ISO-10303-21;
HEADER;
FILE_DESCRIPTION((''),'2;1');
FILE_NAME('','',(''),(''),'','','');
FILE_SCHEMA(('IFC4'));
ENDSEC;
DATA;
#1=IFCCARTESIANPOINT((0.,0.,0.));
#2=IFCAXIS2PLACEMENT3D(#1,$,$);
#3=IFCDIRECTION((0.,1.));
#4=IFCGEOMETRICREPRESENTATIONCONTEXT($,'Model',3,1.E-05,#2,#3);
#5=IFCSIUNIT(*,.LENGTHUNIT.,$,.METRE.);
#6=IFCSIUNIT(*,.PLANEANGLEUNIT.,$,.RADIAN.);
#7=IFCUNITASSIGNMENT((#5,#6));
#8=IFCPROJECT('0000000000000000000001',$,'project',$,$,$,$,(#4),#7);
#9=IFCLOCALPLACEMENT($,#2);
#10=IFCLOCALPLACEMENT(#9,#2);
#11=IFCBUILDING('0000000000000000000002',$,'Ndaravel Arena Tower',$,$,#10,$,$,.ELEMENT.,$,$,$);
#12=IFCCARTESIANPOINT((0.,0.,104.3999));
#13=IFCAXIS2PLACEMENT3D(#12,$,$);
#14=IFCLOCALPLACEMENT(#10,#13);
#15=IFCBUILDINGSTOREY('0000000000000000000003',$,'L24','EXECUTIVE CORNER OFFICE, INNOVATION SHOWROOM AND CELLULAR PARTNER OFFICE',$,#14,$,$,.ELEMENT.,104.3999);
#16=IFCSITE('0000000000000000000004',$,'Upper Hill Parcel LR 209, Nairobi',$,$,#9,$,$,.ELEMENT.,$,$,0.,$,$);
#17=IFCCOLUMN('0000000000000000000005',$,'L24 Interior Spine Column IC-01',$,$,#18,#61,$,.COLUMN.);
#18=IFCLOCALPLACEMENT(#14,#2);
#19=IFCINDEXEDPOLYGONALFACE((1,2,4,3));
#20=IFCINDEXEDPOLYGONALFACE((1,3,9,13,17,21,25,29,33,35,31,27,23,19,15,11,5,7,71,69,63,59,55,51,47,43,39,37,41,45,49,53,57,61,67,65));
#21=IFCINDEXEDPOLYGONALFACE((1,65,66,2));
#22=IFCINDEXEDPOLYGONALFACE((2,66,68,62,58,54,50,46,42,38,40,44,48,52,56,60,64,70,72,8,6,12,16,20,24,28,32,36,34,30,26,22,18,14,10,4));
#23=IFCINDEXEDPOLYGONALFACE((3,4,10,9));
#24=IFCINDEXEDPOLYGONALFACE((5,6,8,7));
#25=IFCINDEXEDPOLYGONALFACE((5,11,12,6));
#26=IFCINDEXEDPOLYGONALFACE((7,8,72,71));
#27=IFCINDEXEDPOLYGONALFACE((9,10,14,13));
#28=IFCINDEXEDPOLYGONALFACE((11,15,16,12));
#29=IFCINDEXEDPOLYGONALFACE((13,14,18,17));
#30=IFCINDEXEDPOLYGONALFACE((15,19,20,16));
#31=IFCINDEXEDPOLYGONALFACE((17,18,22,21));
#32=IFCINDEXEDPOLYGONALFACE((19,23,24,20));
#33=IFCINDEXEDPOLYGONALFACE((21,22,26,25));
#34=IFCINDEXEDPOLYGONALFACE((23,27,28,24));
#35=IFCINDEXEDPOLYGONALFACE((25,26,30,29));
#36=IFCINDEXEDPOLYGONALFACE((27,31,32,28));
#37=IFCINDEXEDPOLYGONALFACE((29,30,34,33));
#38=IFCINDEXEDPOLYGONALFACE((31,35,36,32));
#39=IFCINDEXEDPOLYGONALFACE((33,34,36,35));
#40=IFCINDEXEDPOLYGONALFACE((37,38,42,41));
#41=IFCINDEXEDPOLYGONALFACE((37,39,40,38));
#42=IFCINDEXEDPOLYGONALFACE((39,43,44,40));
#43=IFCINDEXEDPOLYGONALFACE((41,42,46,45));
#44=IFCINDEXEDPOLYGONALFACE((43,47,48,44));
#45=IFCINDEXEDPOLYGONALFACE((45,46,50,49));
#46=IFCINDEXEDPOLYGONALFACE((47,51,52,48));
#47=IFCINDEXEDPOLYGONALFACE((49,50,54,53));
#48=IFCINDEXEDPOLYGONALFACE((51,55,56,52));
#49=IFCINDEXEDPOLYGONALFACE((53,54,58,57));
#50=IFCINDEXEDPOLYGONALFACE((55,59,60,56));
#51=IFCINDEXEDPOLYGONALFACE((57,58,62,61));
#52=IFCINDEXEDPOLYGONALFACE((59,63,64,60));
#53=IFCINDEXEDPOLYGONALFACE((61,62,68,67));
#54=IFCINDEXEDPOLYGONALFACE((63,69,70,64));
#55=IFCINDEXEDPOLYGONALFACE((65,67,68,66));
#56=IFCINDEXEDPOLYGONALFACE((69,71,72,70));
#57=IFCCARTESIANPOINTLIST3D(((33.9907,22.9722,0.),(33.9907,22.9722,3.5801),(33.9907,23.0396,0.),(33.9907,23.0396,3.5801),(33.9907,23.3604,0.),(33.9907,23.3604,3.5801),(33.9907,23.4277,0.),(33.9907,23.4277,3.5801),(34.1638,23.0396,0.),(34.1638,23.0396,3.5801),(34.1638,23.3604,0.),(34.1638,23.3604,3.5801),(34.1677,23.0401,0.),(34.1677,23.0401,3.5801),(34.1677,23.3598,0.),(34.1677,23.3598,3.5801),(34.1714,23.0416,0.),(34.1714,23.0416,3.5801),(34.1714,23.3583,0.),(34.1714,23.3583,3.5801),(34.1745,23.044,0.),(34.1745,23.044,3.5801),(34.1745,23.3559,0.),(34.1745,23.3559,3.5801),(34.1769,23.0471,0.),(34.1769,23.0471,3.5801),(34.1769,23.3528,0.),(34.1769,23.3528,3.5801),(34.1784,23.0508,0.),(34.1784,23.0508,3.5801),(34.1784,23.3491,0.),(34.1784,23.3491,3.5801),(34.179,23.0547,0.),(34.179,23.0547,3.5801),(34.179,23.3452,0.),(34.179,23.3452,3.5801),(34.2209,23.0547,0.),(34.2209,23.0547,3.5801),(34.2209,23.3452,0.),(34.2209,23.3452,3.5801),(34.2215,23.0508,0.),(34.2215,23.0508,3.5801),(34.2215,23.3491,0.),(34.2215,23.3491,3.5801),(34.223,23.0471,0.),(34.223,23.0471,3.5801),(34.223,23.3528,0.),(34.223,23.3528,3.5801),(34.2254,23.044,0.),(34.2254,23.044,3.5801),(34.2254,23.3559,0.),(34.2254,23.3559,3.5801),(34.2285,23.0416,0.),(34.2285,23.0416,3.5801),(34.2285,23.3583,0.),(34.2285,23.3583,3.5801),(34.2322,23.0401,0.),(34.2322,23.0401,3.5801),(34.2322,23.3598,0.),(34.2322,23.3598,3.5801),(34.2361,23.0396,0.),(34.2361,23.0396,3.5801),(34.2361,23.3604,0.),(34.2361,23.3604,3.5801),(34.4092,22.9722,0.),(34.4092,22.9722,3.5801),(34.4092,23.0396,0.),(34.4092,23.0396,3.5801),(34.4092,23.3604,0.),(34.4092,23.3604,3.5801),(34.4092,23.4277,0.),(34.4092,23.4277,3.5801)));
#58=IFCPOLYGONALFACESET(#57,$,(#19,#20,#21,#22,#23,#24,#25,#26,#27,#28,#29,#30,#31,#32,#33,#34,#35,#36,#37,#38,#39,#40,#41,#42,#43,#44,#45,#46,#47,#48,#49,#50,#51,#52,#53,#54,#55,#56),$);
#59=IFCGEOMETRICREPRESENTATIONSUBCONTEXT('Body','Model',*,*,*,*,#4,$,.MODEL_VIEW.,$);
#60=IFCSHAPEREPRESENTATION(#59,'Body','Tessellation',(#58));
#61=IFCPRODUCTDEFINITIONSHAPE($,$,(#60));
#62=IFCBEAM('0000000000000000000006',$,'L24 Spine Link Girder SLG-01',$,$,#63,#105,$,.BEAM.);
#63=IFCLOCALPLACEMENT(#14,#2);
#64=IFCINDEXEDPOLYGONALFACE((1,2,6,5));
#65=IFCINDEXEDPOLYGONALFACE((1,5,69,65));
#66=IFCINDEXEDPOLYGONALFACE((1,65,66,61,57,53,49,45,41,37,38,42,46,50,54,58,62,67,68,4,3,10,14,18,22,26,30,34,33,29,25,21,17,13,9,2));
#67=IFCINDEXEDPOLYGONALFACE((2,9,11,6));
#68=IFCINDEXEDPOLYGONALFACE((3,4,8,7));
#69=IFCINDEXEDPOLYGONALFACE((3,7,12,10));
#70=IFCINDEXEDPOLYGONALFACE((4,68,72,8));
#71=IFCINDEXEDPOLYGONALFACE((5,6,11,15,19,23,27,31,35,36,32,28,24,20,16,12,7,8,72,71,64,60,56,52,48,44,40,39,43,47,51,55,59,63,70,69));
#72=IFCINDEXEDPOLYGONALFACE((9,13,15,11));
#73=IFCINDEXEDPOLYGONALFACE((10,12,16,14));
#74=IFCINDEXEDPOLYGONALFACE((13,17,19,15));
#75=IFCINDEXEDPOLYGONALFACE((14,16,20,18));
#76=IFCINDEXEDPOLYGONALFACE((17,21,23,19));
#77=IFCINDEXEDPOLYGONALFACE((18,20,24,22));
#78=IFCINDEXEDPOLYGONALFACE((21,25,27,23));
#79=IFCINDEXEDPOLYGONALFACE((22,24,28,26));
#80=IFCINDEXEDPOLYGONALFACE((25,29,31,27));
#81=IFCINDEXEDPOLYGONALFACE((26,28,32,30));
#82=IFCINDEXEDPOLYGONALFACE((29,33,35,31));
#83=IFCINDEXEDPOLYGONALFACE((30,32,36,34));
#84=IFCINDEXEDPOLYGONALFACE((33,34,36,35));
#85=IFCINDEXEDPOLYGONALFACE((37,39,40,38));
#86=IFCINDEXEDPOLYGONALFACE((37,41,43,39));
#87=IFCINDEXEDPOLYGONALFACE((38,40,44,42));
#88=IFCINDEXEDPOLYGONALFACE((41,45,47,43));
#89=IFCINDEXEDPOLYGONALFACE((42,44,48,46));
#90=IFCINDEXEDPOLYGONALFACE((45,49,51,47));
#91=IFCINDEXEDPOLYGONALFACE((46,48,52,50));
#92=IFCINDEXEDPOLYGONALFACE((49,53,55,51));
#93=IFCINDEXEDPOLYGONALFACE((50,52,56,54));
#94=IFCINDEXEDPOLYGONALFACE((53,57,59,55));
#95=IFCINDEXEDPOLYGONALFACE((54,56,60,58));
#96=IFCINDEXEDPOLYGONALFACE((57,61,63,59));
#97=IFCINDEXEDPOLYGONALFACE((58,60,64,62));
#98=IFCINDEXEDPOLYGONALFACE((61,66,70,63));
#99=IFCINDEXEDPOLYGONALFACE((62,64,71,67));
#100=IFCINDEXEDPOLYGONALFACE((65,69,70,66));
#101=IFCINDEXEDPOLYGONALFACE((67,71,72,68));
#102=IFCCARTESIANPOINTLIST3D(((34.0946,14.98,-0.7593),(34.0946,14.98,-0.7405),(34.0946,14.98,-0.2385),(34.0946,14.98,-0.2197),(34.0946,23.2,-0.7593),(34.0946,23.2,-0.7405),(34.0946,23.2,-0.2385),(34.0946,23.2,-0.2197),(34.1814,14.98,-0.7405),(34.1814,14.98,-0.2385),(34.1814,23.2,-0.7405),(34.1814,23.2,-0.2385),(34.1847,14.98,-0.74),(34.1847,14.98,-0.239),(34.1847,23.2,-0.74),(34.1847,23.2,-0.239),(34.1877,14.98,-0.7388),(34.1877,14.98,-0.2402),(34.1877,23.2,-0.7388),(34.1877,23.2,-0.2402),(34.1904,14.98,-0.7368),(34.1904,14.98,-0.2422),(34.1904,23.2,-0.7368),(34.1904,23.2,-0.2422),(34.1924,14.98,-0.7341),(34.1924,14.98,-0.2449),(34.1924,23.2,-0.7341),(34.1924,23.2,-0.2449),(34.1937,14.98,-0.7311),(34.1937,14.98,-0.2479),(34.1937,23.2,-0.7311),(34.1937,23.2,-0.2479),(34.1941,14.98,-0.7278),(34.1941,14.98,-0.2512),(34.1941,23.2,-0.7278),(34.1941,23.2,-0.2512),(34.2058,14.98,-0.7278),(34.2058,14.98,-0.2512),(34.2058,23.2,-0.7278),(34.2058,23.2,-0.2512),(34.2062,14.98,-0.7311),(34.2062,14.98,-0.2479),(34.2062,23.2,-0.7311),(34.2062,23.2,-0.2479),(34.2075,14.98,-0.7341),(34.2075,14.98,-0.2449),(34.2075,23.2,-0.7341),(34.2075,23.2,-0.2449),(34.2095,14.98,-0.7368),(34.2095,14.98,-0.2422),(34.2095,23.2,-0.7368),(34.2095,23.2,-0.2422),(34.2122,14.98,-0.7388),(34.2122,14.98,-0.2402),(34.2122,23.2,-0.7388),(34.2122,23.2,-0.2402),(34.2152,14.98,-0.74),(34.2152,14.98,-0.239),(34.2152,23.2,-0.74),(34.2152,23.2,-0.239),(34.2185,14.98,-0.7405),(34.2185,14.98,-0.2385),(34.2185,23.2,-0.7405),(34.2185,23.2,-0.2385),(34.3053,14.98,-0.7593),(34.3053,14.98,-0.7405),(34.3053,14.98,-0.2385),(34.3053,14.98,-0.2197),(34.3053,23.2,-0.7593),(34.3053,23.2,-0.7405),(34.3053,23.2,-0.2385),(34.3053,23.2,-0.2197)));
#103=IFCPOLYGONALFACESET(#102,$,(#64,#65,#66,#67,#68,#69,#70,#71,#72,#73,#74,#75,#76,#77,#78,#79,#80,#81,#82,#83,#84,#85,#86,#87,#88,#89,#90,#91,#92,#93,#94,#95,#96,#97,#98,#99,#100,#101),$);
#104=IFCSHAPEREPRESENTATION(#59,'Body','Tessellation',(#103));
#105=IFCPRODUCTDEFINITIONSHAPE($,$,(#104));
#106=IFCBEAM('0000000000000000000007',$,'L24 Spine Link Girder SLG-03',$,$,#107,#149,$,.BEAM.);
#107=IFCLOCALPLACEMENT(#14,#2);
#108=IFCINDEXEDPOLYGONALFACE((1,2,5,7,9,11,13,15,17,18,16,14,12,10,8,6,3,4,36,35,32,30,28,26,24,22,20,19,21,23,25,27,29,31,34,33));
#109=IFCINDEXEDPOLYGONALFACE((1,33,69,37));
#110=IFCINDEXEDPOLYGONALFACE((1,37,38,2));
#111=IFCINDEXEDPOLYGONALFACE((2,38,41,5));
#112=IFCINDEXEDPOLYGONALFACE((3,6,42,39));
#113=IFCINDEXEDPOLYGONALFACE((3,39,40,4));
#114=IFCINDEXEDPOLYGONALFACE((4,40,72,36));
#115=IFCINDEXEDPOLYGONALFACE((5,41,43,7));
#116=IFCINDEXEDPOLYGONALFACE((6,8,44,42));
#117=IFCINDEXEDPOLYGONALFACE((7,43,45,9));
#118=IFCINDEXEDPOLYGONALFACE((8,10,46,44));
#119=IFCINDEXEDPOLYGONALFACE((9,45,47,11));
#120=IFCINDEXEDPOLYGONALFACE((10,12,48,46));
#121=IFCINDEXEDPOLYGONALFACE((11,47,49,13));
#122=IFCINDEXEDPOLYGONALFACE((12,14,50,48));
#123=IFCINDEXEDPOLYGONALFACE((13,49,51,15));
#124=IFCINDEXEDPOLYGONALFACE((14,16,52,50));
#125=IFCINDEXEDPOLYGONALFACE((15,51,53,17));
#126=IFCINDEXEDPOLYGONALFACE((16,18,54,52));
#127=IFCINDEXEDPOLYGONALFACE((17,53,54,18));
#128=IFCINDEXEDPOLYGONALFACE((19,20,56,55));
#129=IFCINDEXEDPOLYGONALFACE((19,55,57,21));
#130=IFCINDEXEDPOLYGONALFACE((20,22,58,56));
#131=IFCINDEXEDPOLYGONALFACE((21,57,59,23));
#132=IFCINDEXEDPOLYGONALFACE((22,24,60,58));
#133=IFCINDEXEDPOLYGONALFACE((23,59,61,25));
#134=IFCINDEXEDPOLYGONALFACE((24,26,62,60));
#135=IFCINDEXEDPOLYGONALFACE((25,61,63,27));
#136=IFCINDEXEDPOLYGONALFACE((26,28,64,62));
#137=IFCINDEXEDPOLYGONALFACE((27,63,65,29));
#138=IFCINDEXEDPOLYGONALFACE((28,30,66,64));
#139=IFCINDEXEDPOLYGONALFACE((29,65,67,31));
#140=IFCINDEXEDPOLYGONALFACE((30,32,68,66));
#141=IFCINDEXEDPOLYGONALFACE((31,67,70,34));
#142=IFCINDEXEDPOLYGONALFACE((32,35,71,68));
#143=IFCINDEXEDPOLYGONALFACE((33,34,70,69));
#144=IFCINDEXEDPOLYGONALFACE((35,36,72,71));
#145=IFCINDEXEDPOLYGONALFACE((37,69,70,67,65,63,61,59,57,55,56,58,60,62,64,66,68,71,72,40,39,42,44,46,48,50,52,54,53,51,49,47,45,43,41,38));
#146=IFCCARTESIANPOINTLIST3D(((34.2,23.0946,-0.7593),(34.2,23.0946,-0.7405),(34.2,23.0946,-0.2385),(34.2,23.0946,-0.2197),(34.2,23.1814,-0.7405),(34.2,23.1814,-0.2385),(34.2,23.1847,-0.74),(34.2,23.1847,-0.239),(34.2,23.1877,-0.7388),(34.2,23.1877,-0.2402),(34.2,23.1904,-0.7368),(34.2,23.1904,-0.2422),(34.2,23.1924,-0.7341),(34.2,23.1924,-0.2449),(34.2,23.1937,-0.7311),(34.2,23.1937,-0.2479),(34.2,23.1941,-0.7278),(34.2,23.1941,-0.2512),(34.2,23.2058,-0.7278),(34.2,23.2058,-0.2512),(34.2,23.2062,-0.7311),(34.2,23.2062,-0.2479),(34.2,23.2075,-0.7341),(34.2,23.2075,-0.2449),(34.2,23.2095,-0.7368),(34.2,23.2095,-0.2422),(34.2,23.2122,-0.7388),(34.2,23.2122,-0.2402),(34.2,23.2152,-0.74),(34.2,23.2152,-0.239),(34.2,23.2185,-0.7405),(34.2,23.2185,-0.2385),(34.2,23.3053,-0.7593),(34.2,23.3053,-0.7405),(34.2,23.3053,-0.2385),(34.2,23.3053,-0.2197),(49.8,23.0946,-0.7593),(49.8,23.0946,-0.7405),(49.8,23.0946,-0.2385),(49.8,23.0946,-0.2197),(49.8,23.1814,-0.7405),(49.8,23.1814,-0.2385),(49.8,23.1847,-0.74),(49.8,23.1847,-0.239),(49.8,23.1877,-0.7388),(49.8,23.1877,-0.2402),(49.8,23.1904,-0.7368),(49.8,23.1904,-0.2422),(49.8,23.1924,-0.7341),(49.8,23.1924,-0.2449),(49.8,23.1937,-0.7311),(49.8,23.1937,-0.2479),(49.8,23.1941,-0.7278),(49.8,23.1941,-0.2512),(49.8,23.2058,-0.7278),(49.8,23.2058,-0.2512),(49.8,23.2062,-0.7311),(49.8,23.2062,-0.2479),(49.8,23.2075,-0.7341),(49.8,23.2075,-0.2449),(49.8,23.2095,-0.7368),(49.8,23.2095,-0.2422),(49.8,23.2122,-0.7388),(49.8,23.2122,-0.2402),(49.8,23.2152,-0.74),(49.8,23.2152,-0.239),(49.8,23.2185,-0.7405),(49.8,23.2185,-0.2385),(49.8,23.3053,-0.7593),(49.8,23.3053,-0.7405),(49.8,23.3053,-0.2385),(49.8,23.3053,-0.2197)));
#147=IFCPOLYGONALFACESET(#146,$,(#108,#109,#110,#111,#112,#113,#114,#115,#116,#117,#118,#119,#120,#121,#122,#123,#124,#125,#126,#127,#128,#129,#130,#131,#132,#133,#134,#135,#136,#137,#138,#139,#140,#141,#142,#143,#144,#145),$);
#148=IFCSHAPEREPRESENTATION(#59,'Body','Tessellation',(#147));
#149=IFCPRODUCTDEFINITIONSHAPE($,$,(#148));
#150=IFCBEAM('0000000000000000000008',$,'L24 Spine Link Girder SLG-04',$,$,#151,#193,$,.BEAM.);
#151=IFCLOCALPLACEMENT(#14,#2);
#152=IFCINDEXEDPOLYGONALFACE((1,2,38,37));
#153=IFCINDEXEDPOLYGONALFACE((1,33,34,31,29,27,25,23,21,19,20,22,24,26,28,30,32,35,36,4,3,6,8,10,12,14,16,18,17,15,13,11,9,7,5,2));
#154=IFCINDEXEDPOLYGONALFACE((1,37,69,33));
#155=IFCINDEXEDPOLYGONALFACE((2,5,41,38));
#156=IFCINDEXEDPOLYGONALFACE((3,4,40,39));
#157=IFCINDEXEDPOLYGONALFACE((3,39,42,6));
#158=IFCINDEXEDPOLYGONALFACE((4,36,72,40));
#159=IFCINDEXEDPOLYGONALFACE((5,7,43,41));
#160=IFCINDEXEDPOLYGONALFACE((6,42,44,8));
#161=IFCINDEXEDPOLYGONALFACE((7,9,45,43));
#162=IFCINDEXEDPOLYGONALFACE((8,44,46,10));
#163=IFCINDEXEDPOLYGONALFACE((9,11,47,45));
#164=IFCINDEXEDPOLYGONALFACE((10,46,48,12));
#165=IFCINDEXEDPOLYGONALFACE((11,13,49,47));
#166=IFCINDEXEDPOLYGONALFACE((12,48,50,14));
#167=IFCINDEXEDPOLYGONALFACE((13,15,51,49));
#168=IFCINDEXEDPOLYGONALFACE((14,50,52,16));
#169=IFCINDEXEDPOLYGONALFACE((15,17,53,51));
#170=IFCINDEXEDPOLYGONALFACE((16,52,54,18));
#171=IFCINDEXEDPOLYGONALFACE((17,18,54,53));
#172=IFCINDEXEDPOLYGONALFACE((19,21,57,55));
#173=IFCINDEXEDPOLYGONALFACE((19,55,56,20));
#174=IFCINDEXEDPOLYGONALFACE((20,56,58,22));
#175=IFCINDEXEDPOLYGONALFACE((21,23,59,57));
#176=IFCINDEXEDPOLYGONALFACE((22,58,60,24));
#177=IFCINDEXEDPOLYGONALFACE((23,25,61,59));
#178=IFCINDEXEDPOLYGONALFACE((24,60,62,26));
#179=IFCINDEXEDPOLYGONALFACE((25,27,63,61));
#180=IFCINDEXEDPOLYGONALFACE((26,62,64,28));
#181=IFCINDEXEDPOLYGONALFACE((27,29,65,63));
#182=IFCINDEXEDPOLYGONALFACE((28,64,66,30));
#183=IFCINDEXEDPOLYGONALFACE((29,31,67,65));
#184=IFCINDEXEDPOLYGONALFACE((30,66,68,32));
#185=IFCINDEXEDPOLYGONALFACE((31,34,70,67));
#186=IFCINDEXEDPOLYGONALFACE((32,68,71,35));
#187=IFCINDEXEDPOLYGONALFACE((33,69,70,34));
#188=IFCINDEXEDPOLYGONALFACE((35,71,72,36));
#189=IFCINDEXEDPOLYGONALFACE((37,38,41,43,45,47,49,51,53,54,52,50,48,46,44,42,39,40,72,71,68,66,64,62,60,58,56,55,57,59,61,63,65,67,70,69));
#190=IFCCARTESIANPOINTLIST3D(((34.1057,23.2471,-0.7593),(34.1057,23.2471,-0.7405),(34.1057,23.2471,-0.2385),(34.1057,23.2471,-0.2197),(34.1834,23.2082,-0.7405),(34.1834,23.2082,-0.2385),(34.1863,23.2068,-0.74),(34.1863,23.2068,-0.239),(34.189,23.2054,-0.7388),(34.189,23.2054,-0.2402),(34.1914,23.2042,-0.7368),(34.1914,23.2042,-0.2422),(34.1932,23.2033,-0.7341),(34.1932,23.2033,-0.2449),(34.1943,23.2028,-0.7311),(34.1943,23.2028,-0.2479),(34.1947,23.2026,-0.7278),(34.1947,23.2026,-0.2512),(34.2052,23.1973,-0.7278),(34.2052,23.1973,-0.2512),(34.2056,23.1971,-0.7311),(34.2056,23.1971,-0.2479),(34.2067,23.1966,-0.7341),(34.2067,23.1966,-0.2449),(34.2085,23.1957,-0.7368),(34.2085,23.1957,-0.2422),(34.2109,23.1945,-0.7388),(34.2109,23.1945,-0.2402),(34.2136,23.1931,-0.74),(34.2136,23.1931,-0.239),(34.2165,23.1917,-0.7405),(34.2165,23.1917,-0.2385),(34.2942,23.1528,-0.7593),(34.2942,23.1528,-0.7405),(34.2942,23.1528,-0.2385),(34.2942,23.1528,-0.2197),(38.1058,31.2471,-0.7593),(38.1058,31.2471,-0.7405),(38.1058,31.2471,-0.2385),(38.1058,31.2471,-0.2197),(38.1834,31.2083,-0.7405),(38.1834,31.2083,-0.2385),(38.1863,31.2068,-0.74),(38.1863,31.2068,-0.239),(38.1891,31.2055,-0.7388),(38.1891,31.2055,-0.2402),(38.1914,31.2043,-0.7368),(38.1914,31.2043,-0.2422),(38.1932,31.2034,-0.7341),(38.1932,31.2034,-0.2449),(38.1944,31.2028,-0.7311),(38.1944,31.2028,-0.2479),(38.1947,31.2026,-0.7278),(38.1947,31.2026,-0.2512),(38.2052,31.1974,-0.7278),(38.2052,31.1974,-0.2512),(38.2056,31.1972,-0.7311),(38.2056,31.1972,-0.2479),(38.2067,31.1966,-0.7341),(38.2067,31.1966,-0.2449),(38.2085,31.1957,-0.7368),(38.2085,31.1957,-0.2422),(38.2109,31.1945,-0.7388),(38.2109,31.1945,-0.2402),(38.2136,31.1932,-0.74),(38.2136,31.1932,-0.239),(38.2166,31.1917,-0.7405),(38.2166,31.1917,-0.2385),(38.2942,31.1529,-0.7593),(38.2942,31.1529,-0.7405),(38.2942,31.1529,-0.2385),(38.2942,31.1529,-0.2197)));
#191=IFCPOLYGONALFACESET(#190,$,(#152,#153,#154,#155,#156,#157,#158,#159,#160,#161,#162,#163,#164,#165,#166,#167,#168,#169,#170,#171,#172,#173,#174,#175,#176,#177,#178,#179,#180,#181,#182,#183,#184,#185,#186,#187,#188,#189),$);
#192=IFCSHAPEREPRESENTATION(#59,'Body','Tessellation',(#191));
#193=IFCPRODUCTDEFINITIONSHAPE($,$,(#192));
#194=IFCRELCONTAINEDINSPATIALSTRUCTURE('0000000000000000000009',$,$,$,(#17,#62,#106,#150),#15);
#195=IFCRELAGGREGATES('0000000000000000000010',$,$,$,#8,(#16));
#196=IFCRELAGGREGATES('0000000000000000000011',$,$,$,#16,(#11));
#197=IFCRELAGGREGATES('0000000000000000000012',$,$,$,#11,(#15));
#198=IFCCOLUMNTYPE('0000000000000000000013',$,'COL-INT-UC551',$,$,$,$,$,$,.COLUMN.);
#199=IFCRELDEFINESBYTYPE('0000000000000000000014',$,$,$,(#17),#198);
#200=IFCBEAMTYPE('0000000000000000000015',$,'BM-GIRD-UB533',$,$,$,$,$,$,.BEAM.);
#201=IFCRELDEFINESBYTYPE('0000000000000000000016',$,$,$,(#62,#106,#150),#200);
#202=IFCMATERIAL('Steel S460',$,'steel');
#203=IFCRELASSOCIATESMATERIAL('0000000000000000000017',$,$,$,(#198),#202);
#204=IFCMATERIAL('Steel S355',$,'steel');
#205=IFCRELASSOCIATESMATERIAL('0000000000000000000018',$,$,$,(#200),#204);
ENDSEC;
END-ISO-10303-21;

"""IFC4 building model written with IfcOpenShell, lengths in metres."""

from ifc_helpers import new_model, si_unit, direction, frame, origin, origin_2d, place, context, subcontext, project, spatial, i_section, extrude, material, material_profile, profile_set, type_object, element, save


model = new_model("IFC4")

# Units and contexts
model_context = context("Model", 3, precision=1e-05, world=origin(), true_north=direction((0.0, 1.0)))
body_context = subcontext(model_context, "Body", "Model", "MODEL_VIEW")
ifc_project = project(units=[si_unit("LENGTHUNIT", "METRE"), si_unit("PLANEANGLEUNIT", "RADIAN")], contexts=[model_context])

# Site, building, storey
site_placement = place(None, origin())
site = spatial("IfcSite", under=ifc_project, at=site_placement, Name="Upper Hill Parcel LR 209, Nairobi", CompositionType="ELEMENT", RefElevation=0.0)
building_placement = place(site_placement, origin())
building = spatial("IfcBuilding", under=site, at=building_placement, Name="Ndaravel Arena Tower", CompositionType="ELEMENT")
storey_placement = place(building_placement, frame((0.0, 0.0, 104.3999)))
storey = spatial("IfcBuildingStorey", under=building, at=storey_placement, Name="L24", Description="EXECUTIVE CORNER OFFICE, INNOVATION SHOWROOM AND CELLULAR PARTNER OFFICE", CompositionType="ELEMENT", Elevation=104.3999)

# Column
ifc_material_1 = material(Name="Steel S460", Category="steel")
ifc_material_profile_1 = material_profile(ifc_material_1, i_section(OverallWidth=0.4185, OverallDepth=0.4556, WebThickness=0.042, FlangeThickness=0.0674, FilletRadius=0.0151, at=origin_2d()), Name="UC 356x406x551")
ifc_profile_set_1 = profile_set([ifc_material_profile_1], Name="Steel S460")
column_type = type_object("IfcColumnType", Name="COL-INT-UC551", PredefinedType="COLUMN", material=ifc_profile_set_1)
column_placement = place(storey_placement, frame((34.2, 23.2, 0.0), z_axis=(0.0, 0.0, 1.0), x_axis=(1.0, 0.0, 0.0)))
element("IfcColumn", 1, at=column_placement, inside=storey, type_object=column_type, Name="L24 Interior Spine Column IC-01", PredefinedType="COLUMN", context=body_context, shape_type="SweptSolid", body=[
    extrude(i_section(OverallWidth=0.4185, OverallDepth=0.4556, WebThickness=0.042, FlangeThickness=0.0674, FilletRadius=0.0151, at=origin_2d()), origin(), (0.0, 0.0, 1.0), 3.5801),
])

# Beams
ifc_material_2 = material(Name="Steel S355", Category="steel")
ifc_material_profile_2 = material_profile(ifc_material_2, i_section(OverallWidth=0.2107, OverallDepth=0.5396, WebThickness=0.0117, FlangeThickness=0.0188, FilletRadius=0.0127, at=origin_2d()), Name="UB 533x210x109")
ifc_profile_set_2 = profile_set([ifc_material_profile_2], Name="Steel S355")
beam_type = type_object("IfcBeamType", Name="BM-GIRD-UB533", PredefinedType="BEAM", material=ifc_profile_set_2)
beam_1_placement = place(storey_placement, frame((34.2, 14.98, -0.4895), z_axis=(0.0, 1.0, 0.0), x_axis=(-1.0, 0.0, 0.0)))
element("IfcBeam", 2, at=beam_1_placement, inside=storey, type_object=beam_type, Name="L24 Spine Link Girder SLG-01", PredefinedType="BEAM", context=body_context, shape_type="SweptSolid", body=[
    extrude(i_section(OverallWidth=0.2107, OverallDepth=0.5396, WebThickness=0.0117, FlangeThickness=0.0188, FilletRadius=0.0127, at=origin_2d()), origin(), (0.0, 0.0, 1.0), 8.22),
])
beam_2_placement = place(storey_placement, frame((34.2, 23.2, -0.4895), z_axis=(1.0, 0.0, 0.0), x_axis=(0.0, 1.0, 0.0)))
element("IfcBeam", 3, at=beam_2_placement, inside=storey, type_object=beam_type, Name="L24 Spine Link Girder SLG-03", PredefinedType="BEAM", context=body_context, shape_type="SweptSolid", body=[
    extrude(i_section(OverallWidth=0.2107, OverallDepth=0.5396, WebThickness=0.0117, FlangeThickness=0.0188, FilletRadius=0.0127, at=origin_2d()), origin(), (0.0, 0.0, 1.0), 15.6001),
])
beam_3_placement = place(storey_placement, frame((34.2, 23.2, -0.4895), z_axis=(0.447214, 0.894427, 0.0), x_axis=(-0.894427, 0.447214, 0.0)))
element("IfcBeam", 4, at=beam_3_placement, inside=storey, type_object=beam_type, Name="L24 Spine Link Girder SLG-04", PredefinedType="BEAM", context=body_context, shape_type="SweptSolid", body=[
    extrude(i_section(OverallWidth=0.2107, OverallDepth=0.5396, WebThickness=0.0117, FlangeThickness=0.0188, FilletRadius=0.0127, at=origin_2d()), origin(), (0.0, 0.0, 1.0), 8.9443),
])

save(model, "model.ifc")
